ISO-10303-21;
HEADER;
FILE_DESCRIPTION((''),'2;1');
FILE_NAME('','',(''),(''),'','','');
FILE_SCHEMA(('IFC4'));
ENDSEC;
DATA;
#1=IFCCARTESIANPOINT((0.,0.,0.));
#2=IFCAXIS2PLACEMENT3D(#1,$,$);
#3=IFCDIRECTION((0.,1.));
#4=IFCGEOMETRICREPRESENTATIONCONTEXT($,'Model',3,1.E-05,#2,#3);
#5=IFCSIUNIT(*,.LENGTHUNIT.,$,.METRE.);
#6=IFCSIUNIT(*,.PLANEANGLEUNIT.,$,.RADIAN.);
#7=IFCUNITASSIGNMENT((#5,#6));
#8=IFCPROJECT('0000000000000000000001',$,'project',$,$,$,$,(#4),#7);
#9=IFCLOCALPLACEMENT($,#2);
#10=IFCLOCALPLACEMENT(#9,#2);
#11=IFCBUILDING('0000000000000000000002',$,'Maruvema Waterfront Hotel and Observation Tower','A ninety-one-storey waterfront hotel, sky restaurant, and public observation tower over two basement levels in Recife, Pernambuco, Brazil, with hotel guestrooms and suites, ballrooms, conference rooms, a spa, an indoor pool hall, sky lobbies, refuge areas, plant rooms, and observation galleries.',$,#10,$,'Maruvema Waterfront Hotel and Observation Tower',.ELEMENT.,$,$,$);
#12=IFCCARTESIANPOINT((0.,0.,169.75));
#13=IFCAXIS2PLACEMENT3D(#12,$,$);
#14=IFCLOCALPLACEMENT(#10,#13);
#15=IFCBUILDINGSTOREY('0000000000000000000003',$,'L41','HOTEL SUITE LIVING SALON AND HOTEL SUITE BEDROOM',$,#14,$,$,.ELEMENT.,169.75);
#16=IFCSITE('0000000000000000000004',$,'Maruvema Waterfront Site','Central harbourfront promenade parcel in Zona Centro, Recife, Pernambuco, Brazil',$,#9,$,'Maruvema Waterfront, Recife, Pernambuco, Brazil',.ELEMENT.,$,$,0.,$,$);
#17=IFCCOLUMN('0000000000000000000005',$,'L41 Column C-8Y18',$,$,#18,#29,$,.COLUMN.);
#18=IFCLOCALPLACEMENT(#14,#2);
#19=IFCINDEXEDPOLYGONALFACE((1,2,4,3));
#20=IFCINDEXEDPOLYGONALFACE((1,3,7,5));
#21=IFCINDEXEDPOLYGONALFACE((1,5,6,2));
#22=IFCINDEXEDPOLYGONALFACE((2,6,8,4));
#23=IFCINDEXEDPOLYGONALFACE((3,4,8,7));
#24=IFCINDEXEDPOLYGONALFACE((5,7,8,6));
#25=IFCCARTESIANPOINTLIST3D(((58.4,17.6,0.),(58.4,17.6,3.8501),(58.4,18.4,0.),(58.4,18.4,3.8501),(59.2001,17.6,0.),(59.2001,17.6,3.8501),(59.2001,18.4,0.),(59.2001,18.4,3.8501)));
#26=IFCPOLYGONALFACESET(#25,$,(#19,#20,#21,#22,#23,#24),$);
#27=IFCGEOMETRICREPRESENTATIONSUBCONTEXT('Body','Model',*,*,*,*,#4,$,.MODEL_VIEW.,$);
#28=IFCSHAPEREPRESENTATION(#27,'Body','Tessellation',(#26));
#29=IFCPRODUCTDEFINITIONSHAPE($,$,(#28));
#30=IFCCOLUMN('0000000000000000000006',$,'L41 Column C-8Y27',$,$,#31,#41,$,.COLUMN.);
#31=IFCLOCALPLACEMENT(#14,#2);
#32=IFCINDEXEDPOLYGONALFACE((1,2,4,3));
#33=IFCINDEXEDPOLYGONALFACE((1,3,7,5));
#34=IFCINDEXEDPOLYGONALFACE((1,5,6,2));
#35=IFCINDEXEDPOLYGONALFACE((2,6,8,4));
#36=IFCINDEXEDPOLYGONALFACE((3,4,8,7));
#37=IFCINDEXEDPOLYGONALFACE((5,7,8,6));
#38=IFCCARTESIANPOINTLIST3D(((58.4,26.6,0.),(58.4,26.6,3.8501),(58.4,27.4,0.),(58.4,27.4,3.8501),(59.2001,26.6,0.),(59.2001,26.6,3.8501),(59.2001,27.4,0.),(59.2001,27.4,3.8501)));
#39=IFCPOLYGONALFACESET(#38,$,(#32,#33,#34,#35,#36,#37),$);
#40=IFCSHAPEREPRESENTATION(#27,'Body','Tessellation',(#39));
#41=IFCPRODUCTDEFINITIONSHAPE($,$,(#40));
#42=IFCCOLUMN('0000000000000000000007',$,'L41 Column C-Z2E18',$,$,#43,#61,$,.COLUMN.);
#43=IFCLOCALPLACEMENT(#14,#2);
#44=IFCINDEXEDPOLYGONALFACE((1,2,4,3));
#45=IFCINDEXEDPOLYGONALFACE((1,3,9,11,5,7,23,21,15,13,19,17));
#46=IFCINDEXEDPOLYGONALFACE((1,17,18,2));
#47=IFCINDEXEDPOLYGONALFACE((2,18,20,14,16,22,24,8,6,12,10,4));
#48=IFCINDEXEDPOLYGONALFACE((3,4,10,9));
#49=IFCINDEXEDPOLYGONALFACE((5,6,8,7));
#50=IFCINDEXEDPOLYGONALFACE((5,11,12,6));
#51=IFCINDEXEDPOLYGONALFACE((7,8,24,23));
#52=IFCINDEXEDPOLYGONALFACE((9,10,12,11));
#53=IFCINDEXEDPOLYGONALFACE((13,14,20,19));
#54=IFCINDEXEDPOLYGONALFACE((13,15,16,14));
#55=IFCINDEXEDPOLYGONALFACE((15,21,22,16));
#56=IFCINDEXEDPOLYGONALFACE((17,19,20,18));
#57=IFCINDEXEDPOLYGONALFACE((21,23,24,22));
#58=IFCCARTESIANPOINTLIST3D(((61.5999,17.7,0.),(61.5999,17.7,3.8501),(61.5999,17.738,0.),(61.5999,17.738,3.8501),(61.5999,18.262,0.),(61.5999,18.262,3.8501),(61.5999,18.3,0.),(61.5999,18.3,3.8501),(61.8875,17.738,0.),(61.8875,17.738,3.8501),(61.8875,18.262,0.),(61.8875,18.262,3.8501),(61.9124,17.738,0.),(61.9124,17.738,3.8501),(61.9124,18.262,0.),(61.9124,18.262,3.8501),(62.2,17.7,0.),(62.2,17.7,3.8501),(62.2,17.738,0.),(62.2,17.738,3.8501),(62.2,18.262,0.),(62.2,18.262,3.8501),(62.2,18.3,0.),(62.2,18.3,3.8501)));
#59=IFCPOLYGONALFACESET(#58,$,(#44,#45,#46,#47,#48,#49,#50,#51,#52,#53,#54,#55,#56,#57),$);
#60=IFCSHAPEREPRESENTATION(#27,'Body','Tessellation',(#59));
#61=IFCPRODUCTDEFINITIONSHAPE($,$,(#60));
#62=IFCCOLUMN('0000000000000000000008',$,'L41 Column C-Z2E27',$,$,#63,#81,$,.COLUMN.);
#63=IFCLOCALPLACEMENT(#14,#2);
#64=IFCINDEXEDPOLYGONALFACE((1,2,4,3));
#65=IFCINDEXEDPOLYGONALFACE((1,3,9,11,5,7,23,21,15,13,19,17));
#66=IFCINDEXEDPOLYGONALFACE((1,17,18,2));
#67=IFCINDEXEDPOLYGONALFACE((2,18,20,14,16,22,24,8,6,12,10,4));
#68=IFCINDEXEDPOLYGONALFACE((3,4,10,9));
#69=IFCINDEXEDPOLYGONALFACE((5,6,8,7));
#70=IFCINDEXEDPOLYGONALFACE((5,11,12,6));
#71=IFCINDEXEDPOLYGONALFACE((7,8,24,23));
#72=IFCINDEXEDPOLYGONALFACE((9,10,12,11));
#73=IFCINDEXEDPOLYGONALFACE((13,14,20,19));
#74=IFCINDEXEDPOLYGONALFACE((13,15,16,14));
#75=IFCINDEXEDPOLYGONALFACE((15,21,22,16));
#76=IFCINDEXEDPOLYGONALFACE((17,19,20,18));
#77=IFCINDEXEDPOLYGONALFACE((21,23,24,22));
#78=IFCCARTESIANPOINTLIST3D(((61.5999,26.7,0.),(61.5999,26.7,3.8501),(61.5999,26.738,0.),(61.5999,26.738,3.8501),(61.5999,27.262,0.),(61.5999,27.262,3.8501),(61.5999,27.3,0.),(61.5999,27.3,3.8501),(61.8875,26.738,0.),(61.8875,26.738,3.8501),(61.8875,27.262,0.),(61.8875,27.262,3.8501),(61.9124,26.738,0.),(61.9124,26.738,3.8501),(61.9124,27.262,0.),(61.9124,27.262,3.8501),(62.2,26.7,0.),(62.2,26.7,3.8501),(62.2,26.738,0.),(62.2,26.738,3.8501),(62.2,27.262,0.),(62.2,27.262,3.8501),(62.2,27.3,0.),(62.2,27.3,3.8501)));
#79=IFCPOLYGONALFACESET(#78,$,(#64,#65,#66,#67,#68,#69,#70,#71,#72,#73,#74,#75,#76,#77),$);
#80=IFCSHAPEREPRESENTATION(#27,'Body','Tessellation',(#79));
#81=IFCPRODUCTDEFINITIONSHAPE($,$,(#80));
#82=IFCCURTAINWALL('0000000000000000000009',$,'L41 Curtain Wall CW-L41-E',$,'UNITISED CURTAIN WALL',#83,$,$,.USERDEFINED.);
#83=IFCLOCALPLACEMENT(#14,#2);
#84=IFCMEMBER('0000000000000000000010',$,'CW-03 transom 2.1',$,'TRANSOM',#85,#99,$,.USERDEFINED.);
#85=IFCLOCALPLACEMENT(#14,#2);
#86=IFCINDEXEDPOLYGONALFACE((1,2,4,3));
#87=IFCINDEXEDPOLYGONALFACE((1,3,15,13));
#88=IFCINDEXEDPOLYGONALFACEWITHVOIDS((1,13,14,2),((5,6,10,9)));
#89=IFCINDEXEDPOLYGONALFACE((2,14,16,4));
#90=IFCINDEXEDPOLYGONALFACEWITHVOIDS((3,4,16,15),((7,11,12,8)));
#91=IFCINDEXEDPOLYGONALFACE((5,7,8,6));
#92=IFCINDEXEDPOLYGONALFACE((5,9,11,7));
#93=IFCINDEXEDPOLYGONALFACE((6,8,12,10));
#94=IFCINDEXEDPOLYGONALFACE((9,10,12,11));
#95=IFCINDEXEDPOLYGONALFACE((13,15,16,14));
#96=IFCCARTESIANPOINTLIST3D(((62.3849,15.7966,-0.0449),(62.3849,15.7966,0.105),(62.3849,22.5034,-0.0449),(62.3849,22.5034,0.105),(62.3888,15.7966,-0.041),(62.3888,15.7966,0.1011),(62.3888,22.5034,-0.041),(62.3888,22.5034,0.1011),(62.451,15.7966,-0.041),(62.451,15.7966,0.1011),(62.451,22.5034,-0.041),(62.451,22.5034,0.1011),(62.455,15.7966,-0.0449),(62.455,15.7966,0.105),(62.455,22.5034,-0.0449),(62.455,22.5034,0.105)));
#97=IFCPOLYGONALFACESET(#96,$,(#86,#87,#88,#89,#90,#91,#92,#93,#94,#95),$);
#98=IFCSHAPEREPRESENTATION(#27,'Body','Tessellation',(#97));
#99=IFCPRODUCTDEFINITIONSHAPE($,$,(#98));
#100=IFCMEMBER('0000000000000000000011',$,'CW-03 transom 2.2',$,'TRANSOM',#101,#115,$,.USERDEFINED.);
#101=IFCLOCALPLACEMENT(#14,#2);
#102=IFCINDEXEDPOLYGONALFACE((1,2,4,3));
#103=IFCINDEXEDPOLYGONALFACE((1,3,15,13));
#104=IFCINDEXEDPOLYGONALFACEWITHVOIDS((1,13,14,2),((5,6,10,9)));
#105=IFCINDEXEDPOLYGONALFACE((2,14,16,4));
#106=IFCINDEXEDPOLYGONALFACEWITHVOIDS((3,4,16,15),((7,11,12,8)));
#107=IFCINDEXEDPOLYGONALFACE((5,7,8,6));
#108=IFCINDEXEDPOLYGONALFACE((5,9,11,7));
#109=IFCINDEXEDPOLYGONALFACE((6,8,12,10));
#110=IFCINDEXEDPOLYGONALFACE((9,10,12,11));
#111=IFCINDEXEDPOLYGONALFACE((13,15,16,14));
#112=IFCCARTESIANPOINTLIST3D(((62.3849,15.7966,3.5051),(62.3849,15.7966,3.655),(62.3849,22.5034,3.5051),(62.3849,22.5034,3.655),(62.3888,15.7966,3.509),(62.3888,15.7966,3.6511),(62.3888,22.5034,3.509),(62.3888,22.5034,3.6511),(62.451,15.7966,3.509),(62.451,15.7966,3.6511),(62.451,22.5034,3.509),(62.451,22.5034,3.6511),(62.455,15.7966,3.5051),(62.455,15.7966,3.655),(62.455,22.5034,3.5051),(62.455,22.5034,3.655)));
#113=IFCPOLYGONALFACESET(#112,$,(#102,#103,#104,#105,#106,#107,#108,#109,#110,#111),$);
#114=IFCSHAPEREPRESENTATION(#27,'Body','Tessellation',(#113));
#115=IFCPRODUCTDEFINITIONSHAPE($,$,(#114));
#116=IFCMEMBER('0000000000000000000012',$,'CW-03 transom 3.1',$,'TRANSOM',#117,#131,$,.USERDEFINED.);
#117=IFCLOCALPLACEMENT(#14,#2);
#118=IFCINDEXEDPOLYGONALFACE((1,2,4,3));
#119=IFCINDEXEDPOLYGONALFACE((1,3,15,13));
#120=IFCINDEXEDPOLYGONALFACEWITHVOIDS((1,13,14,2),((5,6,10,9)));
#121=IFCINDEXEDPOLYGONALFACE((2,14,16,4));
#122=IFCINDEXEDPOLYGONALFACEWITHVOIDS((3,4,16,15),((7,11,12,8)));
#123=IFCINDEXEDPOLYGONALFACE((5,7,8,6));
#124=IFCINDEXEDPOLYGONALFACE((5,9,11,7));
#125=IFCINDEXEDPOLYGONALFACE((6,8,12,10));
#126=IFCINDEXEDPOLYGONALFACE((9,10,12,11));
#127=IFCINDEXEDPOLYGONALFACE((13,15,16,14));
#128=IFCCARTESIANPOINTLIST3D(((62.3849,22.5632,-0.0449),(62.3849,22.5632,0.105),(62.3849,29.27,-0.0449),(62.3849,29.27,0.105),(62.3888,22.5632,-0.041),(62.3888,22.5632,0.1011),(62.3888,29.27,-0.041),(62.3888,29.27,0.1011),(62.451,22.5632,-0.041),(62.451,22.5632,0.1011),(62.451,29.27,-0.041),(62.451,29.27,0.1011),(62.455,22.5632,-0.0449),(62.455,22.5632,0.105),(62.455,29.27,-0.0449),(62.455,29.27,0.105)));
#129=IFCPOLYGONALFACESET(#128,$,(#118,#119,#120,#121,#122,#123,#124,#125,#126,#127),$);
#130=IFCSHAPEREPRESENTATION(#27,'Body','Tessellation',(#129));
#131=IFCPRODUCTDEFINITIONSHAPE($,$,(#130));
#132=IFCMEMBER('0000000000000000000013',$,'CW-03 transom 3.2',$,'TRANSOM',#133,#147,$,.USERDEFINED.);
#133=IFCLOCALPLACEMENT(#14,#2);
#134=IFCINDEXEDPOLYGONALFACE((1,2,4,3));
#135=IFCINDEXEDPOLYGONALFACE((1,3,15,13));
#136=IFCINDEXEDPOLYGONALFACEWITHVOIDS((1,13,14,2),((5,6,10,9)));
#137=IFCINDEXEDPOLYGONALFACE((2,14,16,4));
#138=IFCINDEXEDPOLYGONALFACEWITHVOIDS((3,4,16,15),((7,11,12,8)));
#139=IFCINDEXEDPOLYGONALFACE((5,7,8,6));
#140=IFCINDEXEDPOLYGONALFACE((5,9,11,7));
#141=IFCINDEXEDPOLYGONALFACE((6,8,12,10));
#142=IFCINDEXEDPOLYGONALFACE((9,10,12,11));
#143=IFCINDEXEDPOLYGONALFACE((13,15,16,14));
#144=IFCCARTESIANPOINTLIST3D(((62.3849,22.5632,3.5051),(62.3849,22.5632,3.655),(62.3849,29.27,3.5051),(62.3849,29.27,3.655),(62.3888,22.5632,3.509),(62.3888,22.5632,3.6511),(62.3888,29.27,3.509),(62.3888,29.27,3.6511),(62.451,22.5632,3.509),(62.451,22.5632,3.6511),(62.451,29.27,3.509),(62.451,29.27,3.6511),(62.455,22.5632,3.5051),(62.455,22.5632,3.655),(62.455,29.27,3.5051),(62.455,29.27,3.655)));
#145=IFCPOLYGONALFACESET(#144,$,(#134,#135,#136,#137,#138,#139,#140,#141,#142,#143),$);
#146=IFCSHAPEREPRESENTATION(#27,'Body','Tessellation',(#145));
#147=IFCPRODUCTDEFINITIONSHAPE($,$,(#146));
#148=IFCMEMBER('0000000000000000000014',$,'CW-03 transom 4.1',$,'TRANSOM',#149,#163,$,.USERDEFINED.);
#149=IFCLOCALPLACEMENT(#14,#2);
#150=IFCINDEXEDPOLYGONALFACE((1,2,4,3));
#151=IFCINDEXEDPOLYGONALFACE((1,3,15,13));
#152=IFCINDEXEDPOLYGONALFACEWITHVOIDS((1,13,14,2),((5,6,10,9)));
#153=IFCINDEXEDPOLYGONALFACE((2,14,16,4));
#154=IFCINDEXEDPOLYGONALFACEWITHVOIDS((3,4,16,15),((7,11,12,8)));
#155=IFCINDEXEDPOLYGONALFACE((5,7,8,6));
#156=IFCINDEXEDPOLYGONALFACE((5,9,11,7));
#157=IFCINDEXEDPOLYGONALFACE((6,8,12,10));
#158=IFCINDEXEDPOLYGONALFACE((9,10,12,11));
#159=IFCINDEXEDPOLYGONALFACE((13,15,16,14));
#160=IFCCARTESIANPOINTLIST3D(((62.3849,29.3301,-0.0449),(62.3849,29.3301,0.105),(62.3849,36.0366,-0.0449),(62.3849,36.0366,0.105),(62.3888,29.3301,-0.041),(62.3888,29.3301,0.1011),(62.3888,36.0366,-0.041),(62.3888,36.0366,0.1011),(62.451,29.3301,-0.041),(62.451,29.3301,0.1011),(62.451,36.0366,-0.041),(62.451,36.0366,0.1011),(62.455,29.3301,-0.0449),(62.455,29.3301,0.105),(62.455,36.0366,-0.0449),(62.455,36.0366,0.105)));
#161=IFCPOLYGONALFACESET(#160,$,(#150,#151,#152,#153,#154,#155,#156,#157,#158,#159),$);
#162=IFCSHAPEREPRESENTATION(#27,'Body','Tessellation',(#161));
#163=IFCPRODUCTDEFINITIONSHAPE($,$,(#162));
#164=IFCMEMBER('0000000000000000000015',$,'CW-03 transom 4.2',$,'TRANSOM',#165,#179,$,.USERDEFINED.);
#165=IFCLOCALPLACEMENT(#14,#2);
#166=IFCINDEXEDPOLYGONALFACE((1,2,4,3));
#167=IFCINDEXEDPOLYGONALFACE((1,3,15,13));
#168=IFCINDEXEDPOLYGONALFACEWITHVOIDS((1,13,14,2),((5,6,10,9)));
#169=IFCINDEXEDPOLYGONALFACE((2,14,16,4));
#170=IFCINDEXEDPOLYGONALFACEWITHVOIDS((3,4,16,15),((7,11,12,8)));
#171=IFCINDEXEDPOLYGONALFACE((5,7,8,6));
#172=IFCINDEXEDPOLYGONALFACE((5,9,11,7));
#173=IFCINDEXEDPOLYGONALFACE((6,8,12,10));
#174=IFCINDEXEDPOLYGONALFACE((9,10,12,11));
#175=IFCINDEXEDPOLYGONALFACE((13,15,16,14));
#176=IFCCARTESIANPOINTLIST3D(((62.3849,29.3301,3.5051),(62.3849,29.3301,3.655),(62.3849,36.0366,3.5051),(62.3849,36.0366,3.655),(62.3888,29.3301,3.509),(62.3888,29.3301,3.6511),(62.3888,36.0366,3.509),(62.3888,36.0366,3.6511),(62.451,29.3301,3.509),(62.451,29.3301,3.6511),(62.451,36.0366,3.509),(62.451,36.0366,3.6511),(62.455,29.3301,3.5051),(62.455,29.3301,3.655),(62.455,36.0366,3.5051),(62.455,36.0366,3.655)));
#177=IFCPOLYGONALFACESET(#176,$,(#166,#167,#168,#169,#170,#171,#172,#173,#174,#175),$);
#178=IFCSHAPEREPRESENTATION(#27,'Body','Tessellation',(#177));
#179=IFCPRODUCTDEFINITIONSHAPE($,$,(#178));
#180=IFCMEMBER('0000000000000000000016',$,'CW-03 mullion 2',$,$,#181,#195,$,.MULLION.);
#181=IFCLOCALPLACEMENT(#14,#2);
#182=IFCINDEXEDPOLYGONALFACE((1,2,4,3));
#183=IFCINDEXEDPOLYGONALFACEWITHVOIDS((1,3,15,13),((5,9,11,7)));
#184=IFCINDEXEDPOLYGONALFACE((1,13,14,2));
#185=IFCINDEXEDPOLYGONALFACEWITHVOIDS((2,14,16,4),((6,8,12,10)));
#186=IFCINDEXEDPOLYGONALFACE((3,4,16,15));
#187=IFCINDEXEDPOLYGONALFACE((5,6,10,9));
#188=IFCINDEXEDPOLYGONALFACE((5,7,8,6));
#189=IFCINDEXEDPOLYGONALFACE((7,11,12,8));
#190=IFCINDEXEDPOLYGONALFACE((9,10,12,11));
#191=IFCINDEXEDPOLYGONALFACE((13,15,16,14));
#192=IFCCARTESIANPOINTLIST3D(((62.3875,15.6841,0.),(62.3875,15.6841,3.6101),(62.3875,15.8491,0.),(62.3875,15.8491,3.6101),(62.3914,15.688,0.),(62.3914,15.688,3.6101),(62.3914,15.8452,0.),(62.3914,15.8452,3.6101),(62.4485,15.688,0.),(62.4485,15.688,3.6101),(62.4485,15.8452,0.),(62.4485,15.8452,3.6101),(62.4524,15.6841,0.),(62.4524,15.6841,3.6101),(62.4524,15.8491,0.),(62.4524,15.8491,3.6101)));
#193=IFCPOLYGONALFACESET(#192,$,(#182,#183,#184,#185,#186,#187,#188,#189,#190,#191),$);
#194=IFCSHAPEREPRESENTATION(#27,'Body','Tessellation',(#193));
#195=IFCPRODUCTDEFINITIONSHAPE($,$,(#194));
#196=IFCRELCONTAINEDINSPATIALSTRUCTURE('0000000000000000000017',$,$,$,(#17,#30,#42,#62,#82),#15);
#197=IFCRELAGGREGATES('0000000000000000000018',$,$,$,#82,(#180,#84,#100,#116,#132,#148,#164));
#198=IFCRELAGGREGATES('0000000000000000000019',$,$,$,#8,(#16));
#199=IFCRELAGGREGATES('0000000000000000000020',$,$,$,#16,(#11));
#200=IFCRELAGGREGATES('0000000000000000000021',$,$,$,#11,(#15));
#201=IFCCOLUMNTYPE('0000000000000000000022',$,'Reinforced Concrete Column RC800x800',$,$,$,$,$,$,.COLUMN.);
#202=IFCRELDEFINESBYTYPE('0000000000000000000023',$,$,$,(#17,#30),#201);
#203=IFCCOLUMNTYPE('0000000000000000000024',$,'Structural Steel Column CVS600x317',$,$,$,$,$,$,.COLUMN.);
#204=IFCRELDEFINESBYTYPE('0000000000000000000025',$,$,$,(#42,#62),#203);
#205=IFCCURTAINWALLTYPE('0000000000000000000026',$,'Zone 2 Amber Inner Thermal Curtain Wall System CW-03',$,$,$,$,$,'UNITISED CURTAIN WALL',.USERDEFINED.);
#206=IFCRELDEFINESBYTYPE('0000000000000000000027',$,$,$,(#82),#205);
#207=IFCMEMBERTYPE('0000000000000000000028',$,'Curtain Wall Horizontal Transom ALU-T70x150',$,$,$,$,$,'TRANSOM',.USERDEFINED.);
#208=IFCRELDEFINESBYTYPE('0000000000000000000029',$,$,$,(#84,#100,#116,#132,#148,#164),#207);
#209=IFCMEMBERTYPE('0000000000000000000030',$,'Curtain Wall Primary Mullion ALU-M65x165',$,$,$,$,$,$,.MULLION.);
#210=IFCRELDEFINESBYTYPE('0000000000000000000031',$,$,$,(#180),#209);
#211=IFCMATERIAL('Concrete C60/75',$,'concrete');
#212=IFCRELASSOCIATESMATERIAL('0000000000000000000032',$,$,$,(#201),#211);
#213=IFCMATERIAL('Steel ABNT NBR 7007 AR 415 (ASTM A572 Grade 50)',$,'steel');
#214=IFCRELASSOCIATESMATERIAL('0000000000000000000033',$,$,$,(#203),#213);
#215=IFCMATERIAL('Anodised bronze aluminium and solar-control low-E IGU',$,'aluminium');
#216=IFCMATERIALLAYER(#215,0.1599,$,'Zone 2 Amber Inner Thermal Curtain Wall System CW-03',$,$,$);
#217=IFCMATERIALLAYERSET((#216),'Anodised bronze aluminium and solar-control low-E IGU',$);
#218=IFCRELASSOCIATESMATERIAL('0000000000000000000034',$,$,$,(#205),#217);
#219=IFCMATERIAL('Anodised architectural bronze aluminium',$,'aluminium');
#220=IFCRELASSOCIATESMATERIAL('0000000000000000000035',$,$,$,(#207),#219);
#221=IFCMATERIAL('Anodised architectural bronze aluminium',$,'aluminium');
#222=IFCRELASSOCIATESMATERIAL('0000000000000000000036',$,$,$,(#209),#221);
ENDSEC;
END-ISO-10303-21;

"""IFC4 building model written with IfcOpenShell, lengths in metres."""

from ifc_helpers import new_model, si_unit, direction, frame, origin, origin_2d, place, context, subcontext, project, spatial, rectangle, hollow_rectangle, i_section, extrude, material, layer, layer_set, material_profile, profile_set, type_object, element, aggregate, save


model = new_model("IFC4")

# Units and contexts
model_context = context("Model", 3, precision=1e-05, world=origin(), true_north=direction((0.0, 1.0)))
body_context = subcontext(model_context, "Body", "Model", "MODEL_VIEW")
ifc_project = project(units=[si_unit("LENGTHUNIT", "METRE"), si_unit("PLANEANGLEUNIT", "RADIAN")], contexts=[model_context])

# Site, building, storey
site_placement = place(None, origin())
site = spatial("IfcSite", under=ifc_project, at=site_placement, Name="Maruvema Waterfront Site", Description="Central harbourfront promenade parcel in Zona Centro, Recife, Pernambuco, Brazil", LongName="Maruvema Waterfront, Recife, Pernambuco, Brazil", CompositionType="ELEMENT", RefElevation=0.0)
building_placement = place(site_placement, origin())
building = spatial("IfcBuilding", under=site, at=building_placement, Name="Maruvema Waterfront Hotel and Observation Tower", Description="A ninety-one-storey waterfront hotel, sky restaurant, and public observation tower over two basement levels in Recife, Pernambuco, Brazil, with hotel guestrooms and suites, ballrooms, conference rooms, a spa, an indoor pool hall, sky lobbies, refuge areas, plant rooms, and observation galleries.", LongName="Maruvema Waterfront Hotel and Observation Tower", CompositionType="ELEMENT")
storey_placement = place(building_placement, frame((0.0, 0.0, 169.75)))
storey = spatial("IfcBuildingStorey", under=building, at=storey_placement, Name="L41", Description="HOTEL SUITE LIVING SALON AND HOTEL SUITE BEDROOM", CompositionType="ELEMENT", Elevation=169.75)

# Columns
ifc_material_1 = material(Name="Concrete C60/75", Category="concrete")
ifc_material_profile_1 = material_profile(ifc_material_1, rectangle(XDim=0.8, YDim=0.8, at=origin_2d()), Name="RC800x800")
ifc_profile_set_1 = profile_set([ifc_material_profile_1], Name="Concrete C60/75")
column_type_1 = type_object("IfcColumnType", Name="Reinforced Concrete Column RC800x800", PredefinedType="COLUMN", material=ifc_profile_set_1)
for number, where, z_axis, x_axis, name in (
    (1, (58.8, 18.0, 0.0), (0.0, 0.0, 1.0), (1.0, 0.0, 0.0), "L41 Column C-8Y18"),
    (2, (58.8, 27.0, 0.0), (0.0, 0.0, 1.0), (1.0, 0.0, 0.0), "L41 Column C-8Y27"),
):
    element("IfcColumn", number, at=place(storey_placement, frame(where, z_axis=z_axis, x_axis=x_axis)), inside=storey, type_object=column_type_1, Name=name, PredefinedType="COLUMN", context=body_context, shape_type="SweptSolid", body=[
        extrude(rectangle(XDim=0.8, YDim=0.8, at=origin_2d()), origin(), (0.0, 0.0, 1.0), 3.8501),
    ])
ifc_material_2 = material(Name="Steel ABNT NBR 7007 AR 415 (ASTM A572 Grade 50)", Category="steel")
ifc_material_profile_2 = material_profile(ifc_material_2, i_section(OverallWidth=0.6001, OverallDepth=0.6001, WebThickness=0.0249, FlangeThickness=0.0381, at=origin_2d()), Name="CVS600x317")
ifc_profile_set_2 = profile_set([ifc_material_profile_2], Name="Steel ABNT NBR 7007 AR 415 (ASTM A572 Grade 50)")
column_type_2 = type_object("IfcColumnType", Name="Structural Steel Column CVS600x317", PredefinedType="COLUMN", material=ifc_profile_set_2)
for number, where, z_axis, x_axis, name in (
    (3, (61.8999, 18.0, 0.0), (0.0, 0.0, 1.0), (1.0, 0.0, 0.0), "L41 Column C-Z2E18"),
    (4, (61.8999, 27.0, 0.0), (0.0, 0.0, 1.0), (1.0, 0.0, 0.0), "L41 Column C-Z2E27"),
):
    element("IfcColumn", number, at=place(storey_placement, frame(where, z_axis=z_axis, x_axis=x_axis)), inside=storey, type_object=column_type_2, Name=name, PredefinedType="COLUMN", context=body_context, shape_type="SweptSolid", body=[
        extrude(i_section(OverallWidth=0.6001, OverallDepth=0.6001, WebThickness=0.0249, FlangeThickness=0.0381, at=origin_2d()), origin(), (0.0, 0.0, 1.0), 3.8501),
    ])

# Curtain wall, members
ifc_material_3 = material(Name="Anodised bronze aluminium and solar-control low-E IGU", Category="aluminium")
ifc_layer_1 = layer(ifc_material_3, 0.1599, Name="Zone 2 Amber Inner Thermal Curtain Wall System CW-03")
ifc_layer_set_1 = layer_set([ifc_layer_1], Name="Anodised bronze aluminium and solar-control low-E IGU")
curtain_wall_type = type_object("IfcCurtainWallType", Name="Zone 2 Amber Inner Thermal Curtain Wall System CW-03", ElementType="UNITISED CURTAIN WALL", PredefinedType="USERDEFINED", material=ifc_layer_set_1)
curtain_wall_placement = place(storey_placement, origin())
curtain_wall = element("IfcCurtainWall", 5, at=curtain_wall_placement, inside=storey, type_object=curtain_wall_type, Name="L41 Curtain Wall CW-L41-E", ObjectType="UNITISED CURTAIN WALL", PredefinedType="USERDEFINED")
ifc_material_4 = material(Name="Anodised architectural bronze aluminium", Category="aluminium")
ifc_material_profile_3 = material_profile(ifc_material_4, hollow_rectangle(XDim=0.0701, YDim=0.1499, WallThickness=0.0039, at=origin_2d()), Name="ALU-T70x150")
ifc_profile_set_3 = profile_set([ifc_material_profile_3], Name="Anodised architectural bronze aluminium")
member_type_1 = type_object("IfcMemberType", Name="Curtain Wall Horizontal Transom ALU-T70x150", ElementType="TRANSOM", PredefinedType="USERDEFINED", material=ifc_profile_set_3)
member_1_placement = place(storey_placement, frame((62.4199, 15.7966, 0.03), z_axis=(0.0, 1.0, 0.0), x_axis=(-1.0, 0.0, 0.0)))
member_1 = element("IfcMember", 6, at=member_1_placement, type_object=member_type_1, Name="CW-03 transom 2.1", ObjectType="TRANSOM", PredefinedType="USERDEFINED", context=body_context, shape_type="SweptSolid", body=[
    extrude(hollow_rectangle(XDim=0.0701, YDim=0.1499, WallThickness=0.0039, at=origin_2d()), origin(), (0.0, 0.0, 1.0), 6.7068),
])
member_2_placement = place(storey_placement, frame((62.4199, 15.7966, 3.5801), z_axis=(0.0, 1.0, 0.0), x_axis=(-1.0, 0.0, 0.0)))
member_2 = element("IfcMember", 7, at=member_2_placement, type_object=member_type_1, Name="CW-03 transom 2.2", ObjectType="TRANSOM", PredefinedType="USERDEFINED", context=body_context, shape_type="SweptSolid", body=[
    extrude(hollow_rectangle(XDim=0.0701, YDim=0.1499, WallThickness=0.0039, at=origin_2d()), origin(), (0.0, 0.0, 1.0), 6.7068),
])
member_3_placement = place(storey_placement, frame((62.4199, 22.5632, 0.03), z_axis=(0.0, 1.0, 0.0), x_axis=(-1.0, 0.0, 0.0)))
member_3 = element("IfcMember", 8, at=member_3_placement, type_object=member_type_1, Name="CW-03 transom 3.1", ObjectType="TRANSOM", PredefinedType="USERDEFINED", context=body_context, shape_type="SweptSolid", body=[
    extrude(hollow_rectangle(XDim=0.0701, YDim=0.1499, WallThickness=0.0039, at=origin_2d()), origin(), (0.0, 0.0, 1.0), 6.7068),
])
member_4_placement = place(storey_placement, frame((62.4199, 22.5632, 3.5801), z_axis=(0.0, 1.0, 0.0), x_axis=(-1.0, 0.0, 0.0)))
member_4 = element("IfcMember", 9, at=member_4_placement, type_object=member_type_1, Name="CW-03 transom 3.2", ObjectType="TRANSOM", PredefinedType="USERDEFINED", context=body_context, shape_type="SweptSolid", body=[
    extrude(hollow_rectangle(XDim=0.0701, YDim=0.1499, WallThickness=0.0039, at=origin_2d()), origin(), (0.0, 0.0, 1.0), 6.7068),
])
member_5_placement = place(storey_placement, frame((62.4199, 29.3301, 0.03), z_axis=(0.0, 1.0, 0.0), x_axis=(-1.0, 0.0, 0.0)))
member_5 = element("IfcMember", 10, at=member_5_placement, type_object=member_type_1, Name="CW-03 transom 4.1", ObjectType="TRANSOM", PredefinedType="USERDEFINED", context=body_context, shape_type="SweptSolid", body=[
    extrude(hollow_rectangle(XDim=0.0701, YDim=0.1499, WallThickness=0.0039, at=origin_2d()), origin(), (0.0, 0.0, 1.0), 6.7065),
])
member_6_placement = place(storey_placement, frame((62.4199, 29.3301, 3.5801), z_axis=(0.0, 1.0, 0.0), x_axis=(-1.0, 0.0, 0.0)))
member_6 = element("IfcMember", 11, at=member_6_placement, type_object=member_type_1, Name="CW-03 transom 4.2", ObjectType="TRANSOM", PredefinedType="USERDEFINED", context=body_context, shape_type="SweptSolid", body=[
    extrude(hollow_rectangle(XDim=0.0701, YDim=0.1499, WallThickness=0.0039, at=origin_2d()), origin(), (0.0, 0.0, 1.0), 6.7065),
])
ifc_material_5 = material(Name="Anodised architectural bronze aluminium", Category="aluminium")
ifc_material_profile_4 = material_profile(ifc_material_5, hollow_rectangle(XDim=0.0649, YDim=0.165, WallThickness=0.0039, at=origin_2d()), Name="ALU-M65x165")
ifc_profile_set_4 = profile_set([ifc_material_profile_4], Name="Anodised architectural bronze aluminium")
member_type_2 = type_object("IfcMemberType", Name="Curtain Wall Primary Mullion ALU-M65x165", PredefinedType="MULLION", material=ifc_profile_set_4)
member_7_placement = place(storey_placement, frame((62.4199, 15.7666, 0.0), z_axis=(0.0, 0.0, 1.0), x_axis=(-1.0, 0.0, 0.0)))
member_7 = element("IfcMember", 12, at=member_7_placement, type_object=member_type_2, Name="CW-03 mullion 2", PredefinedType="MULLION", context=body_context, shape_type="SweptSolid", body=[
    extrude(hollow_rectangle(XDim=0.0649, YDim=0.165, WallThickness=0.0039, at=origin_2d()), origin(), (0.0, 0.0, 1.0), 3.6101),
])

aggregate(curtain_wall, [member_7, member_1, member_2, member_3, member_4, member_5, member_6])

save(model, "model.ifc")
